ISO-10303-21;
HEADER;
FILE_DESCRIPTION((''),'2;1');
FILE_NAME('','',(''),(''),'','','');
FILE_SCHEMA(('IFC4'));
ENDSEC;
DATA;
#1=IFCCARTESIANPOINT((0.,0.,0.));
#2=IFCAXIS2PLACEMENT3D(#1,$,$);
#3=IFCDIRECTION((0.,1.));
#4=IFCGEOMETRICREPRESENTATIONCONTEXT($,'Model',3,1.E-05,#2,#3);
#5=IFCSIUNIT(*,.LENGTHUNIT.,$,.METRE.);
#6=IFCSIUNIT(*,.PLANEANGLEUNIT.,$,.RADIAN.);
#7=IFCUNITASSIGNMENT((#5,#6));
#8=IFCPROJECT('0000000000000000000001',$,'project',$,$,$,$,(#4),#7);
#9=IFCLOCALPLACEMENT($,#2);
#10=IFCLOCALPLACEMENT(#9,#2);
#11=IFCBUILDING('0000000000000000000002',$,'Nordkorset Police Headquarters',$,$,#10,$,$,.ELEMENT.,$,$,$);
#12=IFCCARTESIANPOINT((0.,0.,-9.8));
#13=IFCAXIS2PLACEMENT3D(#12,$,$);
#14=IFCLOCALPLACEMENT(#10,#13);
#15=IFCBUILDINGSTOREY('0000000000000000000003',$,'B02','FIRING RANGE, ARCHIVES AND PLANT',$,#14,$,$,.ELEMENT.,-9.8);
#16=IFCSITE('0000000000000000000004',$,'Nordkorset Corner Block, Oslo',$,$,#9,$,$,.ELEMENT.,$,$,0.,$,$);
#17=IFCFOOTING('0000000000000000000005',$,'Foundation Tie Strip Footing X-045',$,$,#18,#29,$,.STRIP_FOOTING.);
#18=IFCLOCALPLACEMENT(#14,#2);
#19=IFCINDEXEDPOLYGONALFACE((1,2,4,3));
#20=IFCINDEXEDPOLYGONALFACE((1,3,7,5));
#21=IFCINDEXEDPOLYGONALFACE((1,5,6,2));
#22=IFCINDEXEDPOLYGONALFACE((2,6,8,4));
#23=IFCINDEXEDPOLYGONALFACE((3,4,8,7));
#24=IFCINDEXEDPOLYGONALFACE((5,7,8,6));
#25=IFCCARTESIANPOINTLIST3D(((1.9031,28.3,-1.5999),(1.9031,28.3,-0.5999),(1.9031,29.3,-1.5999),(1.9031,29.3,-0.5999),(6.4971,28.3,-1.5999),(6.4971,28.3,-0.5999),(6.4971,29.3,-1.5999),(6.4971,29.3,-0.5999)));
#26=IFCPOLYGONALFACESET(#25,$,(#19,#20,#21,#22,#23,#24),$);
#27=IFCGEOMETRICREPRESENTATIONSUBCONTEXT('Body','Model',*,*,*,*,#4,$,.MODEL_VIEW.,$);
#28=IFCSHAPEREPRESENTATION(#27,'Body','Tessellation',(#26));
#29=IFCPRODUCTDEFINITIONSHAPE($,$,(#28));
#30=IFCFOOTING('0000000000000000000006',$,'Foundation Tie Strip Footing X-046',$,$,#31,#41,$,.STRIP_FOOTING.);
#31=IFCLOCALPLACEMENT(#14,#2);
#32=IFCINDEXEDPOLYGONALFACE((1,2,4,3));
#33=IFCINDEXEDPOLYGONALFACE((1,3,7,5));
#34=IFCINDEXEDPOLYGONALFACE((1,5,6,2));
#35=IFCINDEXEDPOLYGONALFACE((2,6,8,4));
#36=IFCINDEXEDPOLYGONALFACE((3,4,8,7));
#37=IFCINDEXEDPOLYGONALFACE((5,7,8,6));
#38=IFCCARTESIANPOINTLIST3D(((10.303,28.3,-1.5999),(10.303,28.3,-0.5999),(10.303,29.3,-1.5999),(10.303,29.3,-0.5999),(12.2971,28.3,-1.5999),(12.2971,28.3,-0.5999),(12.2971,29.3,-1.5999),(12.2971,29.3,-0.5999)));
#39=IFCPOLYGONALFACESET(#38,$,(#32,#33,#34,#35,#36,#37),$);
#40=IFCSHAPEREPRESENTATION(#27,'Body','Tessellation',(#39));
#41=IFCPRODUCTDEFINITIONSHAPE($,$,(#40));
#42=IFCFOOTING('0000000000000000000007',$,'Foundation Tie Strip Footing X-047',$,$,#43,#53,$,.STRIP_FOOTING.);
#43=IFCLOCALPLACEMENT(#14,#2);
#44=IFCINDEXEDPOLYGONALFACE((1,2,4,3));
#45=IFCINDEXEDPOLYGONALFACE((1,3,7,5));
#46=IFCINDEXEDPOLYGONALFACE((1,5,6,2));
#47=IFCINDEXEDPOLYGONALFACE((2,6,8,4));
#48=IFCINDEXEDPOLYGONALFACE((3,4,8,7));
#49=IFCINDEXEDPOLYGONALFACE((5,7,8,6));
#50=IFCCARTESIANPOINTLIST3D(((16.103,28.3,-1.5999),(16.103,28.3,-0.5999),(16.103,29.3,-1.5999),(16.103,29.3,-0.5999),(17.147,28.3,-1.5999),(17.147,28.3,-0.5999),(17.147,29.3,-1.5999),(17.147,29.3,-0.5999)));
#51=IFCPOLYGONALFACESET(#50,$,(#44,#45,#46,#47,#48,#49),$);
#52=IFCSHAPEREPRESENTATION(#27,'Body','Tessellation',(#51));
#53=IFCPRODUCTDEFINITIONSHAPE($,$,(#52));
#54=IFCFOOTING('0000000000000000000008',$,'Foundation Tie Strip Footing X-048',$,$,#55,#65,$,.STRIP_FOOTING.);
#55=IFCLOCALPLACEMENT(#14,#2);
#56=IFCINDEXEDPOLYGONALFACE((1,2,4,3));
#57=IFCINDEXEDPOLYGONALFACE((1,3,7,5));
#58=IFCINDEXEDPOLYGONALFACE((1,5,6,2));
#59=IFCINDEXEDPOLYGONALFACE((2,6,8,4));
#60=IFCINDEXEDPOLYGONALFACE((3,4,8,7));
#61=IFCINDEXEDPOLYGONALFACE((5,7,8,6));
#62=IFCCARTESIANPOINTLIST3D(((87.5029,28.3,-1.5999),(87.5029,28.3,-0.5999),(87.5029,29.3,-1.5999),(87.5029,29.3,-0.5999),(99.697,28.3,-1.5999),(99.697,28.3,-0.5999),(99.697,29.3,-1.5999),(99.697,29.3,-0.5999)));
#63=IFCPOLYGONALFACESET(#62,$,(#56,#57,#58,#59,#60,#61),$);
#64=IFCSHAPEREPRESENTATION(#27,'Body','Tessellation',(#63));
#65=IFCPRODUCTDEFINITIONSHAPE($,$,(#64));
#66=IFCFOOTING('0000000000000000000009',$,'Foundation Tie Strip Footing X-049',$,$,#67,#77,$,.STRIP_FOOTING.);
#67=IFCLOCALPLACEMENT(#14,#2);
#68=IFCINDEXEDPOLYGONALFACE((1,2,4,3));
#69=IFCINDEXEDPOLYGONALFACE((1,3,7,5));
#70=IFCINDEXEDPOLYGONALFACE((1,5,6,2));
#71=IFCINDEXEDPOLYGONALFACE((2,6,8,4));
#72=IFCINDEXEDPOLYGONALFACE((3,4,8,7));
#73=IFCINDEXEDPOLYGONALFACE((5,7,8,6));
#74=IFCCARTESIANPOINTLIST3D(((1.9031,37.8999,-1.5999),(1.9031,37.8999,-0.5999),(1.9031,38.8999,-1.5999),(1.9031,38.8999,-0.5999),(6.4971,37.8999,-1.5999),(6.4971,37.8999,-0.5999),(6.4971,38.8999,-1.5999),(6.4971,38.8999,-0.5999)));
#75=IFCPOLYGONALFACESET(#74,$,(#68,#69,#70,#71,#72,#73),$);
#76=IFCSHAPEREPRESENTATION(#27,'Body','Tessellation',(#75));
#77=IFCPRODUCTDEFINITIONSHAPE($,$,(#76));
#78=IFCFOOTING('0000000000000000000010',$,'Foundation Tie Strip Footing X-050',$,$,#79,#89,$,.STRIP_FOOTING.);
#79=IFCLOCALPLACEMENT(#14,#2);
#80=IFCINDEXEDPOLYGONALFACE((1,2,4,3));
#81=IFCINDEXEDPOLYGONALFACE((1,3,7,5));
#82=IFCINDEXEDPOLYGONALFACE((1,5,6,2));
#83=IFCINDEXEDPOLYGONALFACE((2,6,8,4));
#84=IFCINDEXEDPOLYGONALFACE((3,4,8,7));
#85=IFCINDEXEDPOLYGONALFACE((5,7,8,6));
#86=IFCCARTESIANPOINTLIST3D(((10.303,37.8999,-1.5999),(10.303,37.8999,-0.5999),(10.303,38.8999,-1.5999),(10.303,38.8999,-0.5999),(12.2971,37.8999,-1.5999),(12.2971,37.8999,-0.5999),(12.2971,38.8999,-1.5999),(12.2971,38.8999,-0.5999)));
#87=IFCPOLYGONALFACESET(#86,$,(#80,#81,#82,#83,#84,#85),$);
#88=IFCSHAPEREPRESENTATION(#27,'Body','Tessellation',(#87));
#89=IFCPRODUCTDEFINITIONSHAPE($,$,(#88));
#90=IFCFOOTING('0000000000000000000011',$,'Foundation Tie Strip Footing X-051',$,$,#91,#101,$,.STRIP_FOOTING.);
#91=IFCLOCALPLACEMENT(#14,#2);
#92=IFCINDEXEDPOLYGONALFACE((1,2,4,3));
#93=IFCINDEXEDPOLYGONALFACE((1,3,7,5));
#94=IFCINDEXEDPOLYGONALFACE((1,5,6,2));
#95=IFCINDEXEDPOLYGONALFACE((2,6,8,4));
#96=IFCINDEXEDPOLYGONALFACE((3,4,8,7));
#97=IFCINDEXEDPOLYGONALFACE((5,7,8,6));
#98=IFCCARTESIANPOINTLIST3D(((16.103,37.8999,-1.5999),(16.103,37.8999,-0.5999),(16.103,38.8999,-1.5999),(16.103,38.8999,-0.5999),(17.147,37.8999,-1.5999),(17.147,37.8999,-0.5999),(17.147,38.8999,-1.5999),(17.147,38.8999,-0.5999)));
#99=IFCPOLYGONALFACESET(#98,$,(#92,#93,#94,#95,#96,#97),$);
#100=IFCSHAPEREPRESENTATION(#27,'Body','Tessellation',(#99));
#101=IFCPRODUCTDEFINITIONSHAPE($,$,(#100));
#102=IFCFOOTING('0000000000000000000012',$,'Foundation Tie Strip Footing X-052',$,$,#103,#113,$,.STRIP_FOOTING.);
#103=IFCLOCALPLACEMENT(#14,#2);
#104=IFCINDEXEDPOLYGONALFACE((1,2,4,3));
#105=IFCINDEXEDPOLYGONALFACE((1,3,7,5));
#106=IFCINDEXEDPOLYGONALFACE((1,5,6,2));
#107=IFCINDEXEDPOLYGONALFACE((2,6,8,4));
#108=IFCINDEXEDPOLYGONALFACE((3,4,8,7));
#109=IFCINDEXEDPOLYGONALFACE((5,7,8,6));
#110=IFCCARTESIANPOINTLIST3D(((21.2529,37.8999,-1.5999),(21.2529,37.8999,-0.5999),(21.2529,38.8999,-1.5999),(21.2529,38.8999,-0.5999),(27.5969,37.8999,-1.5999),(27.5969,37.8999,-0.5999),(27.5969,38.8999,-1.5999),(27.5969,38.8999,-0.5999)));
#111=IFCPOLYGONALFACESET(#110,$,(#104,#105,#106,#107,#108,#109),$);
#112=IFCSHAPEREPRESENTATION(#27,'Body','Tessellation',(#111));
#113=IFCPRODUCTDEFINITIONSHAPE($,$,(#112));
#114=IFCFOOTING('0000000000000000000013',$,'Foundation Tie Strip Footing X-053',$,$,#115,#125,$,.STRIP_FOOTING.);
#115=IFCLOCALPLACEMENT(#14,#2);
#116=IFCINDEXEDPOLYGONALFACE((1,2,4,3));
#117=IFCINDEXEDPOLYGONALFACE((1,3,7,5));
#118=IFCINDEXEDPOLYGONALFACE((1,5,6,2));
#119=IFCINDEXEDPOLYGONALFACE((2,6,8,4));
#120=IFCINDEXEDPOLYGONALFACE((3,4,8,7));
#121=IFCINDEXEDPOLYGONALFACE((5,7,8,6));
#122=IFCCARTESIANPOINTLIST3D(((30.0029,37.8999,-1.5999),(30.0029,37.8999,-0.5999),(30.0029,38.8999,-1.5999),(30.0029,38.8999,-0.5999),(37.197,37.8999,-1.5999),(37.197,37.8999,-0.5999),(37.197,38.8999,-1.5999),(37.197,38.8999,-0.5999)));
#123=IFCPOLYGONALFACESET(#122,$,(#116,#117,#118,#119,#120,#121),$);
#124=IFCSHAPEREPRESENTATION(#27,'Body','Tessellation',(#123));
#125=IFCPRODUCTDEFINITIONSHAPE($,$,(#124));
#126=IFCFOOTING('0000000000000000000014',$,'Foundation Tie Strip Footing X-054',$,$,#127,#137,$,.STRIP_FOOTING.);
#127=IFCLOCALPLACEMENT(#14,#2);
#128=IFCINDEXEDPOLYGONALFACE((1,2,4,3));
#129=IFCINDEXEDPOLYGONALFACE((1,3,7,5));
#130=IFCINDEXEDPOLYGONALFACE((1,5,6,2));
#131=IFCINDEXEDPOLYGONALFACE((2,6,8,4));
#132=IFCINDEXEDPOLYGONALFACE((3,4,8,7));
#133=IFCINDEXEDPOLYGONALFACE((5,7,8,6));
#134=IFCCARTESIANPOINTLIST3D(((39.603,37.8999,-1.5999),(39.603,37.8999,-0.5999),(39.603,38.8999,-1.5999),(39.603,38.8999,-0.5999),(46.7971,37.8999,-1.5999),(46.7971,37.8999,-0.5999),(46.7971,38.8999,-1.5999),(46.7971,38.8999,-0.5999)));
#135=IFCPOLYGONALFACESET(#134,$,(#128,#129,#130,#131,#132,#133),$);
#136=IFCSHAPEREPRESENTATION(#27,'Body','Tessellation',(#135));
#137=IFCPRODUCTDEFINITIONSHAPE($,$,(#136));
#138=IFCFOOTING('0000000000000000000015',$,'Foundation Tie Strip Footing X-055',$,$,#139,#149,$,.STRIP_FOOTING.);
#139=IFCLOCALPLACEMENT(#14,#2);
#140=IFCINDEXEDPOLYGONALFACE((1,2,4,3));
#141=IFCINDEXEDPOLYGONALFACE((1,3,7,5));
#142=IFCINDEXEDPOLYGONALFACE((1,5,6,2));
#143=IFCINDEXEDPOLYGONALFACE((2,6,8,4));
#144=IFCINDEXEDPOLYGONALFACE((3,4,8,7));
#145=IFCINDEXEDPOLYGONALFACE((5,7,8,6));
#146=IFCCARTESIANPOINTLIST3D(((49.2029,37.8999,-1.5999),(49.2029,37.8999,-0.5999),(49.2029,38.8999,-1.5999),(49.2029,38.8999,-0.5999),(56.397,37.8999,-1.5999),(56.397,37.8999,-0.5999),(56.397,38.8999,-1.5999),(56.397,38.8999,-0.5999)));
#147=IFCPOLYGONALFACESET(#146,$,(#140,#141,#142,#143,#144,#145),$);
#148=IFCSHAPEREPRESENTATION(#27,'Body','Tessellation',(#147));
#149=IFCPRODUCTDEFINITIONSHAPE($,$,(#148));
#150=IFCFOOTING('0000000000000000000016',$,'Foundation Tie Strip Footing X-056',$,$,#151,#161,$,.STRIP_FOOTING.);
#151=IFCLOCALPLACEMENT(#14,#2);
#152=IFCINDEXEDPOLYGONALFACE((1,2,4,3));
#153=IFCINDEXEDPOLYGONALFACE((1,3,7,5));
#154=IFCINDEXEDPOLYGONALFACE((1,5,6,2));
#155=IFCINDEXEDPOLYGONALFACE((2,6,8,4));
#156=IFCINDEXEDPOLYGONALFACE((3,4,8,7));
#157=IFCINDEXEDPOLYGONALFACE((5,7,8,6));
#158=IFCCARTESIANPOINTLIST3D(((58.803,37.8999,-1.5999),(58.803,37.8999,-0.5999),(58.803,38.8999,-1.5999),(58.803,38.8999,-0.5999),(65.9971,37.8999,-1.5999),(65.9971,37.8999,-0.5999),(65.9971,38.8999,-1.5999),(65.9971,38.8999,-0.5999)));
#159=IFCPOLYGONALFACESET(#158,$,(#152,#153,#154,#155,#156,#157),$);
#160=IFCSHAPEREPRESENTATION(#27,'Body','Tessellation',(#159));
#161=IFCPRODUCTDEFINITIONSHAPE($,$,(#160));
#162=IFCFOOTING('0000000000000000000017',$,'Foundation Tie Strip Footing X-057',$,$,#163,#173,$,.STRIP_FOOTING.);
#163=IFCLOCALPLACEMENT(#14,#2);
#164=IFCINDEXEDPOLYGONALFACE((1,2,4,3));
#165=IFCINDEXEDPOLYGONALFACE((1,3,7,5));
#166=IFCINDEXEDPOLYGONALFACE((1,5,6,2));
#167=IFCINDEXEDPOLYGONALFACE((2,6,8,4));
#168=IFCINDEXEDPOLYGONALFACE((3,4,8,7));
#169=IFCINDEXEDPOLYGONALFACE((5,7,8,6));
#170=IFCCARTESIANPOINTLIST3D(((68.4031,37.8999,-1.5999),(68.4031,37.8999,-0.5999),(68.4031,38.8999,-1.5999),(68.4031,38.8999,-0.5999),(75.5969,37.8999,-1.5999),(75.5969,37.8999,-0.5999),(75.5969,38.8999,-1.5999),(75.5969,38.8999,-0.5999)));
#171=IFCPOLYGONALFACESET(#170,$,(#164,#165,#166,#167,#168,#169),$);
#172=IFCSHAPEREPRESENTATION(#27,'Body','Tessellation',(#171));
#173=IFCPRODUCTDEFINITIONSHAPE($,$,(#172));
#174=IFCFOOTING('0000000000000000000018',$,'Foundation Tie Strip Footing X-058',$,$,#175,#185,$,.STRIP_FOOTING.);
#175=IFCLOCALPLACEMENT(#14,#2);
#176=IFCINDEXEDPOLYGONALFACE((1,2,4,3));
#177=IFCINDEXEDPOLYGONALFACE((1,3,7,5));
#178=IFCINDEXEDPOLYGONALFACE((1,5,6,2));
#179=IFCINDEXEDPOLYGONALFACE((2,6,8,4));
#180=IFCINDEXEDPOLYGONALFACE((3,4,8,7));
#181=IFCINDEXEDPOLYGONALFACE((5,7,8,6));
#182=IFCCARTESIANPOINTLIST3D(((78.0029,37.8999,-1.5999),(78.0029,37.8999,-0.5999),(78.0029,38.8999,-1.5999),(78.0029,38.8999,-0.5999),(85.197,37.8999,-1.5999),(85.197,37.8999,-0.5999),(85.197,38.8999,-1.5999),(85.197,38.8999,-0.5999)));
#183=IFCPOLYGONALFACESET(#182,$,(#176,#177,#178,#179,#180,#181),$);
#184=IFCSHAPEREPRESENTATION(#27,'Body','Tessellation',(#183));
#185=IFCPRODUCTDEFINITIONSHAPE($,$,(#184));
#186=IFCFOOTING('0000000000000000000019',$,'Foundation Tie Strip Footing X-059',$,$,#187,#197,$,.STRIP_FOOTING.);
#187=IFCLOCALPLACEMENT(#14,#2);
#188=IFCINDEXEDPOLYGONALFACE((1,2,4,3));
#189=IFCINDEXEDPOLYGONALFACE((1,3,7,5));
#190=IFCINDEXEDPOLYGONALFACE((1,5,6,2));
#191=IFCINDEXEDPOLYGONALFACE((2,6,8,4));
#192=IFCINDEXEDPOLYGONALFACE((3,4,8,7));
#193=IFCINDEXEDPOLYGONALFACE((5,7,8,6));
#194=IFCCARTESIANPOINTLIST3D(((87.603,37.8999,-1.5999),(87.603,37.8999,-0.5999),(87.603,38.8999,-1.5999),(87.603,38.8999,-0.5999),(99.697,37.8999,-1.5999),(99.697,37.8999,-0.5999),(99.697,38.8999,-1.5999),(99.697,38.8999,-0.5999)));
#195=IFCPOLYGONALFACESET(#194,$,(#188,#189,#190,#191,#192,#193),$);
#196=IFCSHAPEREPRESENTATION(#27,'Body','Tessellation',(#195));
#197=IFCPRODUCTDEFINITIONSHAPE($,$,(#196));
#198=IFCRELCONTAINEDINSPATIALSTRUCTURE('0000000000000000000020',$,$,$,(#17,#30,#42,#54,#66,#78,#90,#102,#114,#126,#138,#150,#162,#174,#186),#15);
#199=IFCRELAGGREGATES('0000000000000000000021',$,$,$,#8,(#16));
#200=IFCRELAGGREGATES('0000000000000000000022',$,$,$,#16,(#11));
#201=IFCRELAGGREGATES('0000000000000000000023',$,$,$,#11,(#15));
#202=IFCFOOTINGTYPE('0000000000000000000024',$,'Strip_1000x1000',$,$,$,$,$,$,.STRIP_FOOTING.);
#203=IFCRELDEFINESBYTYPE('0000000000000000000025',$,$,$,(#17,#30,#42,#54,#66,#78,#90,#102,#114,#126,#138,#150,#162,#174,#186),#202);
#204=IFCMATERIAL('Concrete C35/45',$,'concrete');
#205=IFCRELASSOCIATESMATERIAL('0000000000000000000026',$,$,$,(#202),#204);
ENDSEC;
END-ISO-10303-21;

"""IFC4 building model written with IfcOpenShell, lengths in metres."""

from ifc_helpers import new_model, si_unit, direction, frame, origin, place, context, subcontext, project, spatial, polyline, outline, extrude, material, type_object, element, save


model = new_model("IFC4")

# Units and contexts
model_context = context("Model", 3, precision=1e-05, world=origin(), true_north=direction((0.0, 1.0)))
body_context = subcontext(model_context, "Body", "Model", "MODEL_VIEW")
ifc_project = project(units=[si_unit("LENGTHUNIT", "METRE"), si_unit("PLANEANGLEUNIT", "RADIAN")], contexts=[model_context])

# Site, building, storey
site_placement = place(None, origin())
site = spatial("IfcSite", under=ifc_project, at=site_placement, Name="Nordkorset Corner Block, Oslo", CompositionType="ELEMENT", RefElevation=0.0)
building_placement = place(site_placement, origin())
building = spatial("IfcBuilding", under=site, at=building_placement, Name="Nordkorset Police Headquarters", CompositionType="ELEMENT")
storey_placement = place(building_placement, frame((0.0, 0.0, -9.8)))
storey = spatial("IfcBuildingStorey", under=building, at=storey_placement, Name="B02", Description="FIRING RANGE, ARCHIVES AND PLANT", CompositionType="ELEMENT", Elevation=-9.8)

# Footings
ifc_material = material(Name="Concrete C35/45", Category="concrete")
footing_type = type_object("IfcFootingType", Name="Strip_1000x1000", PredefinedType="STRIP_FOOTING", material=ifc_material)
footing_1_placement = place(storey_placement, frame((0.0, 0.0, -1.5999)))
element("IfcFooting", 1, at=footing_1_placement, inside=storey, type_object=footing_type, Name="Foundation Tie Strip Footing X-045", PredefinedType="STRIP_FOOTING", context=body_context, shape_type="SweptSolid", body=[
    extrude(outline(polyline([(1.9031, 28.3), (6.4971, 28.3), (6.4971, 29.3), (1.9031, 29.3), (1.9031, 28.3)])), origin(), (0.0, 0.0, 1.0), 1.0),
])
footing_2_placement = place(storey_placement, frame((0.0, 0.0, -1.5999)))
element("IfcFooting", 2, at=footing_2_placement, inside=storey, type_object=footing_type, Name="Foundation Tie Strip Footing X-046", PredefinedType="STRIP_FOOTING", context=body_context, shape_type="SweptSolid", body=[
    extrude(outline(polyline([(10.303, 28.3), (12.2971, 28.3), (12.2971, 29.3), (10.303, 29.3), (10.303, 28.3)])), origin(), (0.0, 0.0, 1.0), 1.0),
])
footing_3_placement = place(storey_placement, frame((0.0, 0.0, -1.5999)))
element("IfcFooting", 3, at=footing_3_placement, inside=storey, type_object=footing_type, Name="Foundation Tie Strip Footing X-047", PredefinedType="STRIP_FOOTING", context=body_context, shape_type="SweptSolid", body=[
    extrude(outline(polyline([(16.103, 28.3), (17.147, 28.3), (17.147, 29.3), (16.103, 29.3), (16.103, 28.3)])), origin(), (0.0, 0.0, 1.0), 1.0),
])
footing_4_placement = place(storey_placement, frame((0.0, 0.0, -1.5999)))
element("IfcFooting", 4, at=footing_4_placement, inside=storey, type_object=footing_type, Name="Foundation Tie Strip Footing X-048", PredefinedType="STRIP_FOOTING", context=body_context, shape_type="SweptSolid", body=[
    extrude(outline(polyline([(87.5029, 28.3), (99.697, 28.3), (99.697, 29.3), (87.5029, 29.3), (87.5029, 28.3)])), origin(), (0.0, 0.0, 1.0), 1.0),
])
footing_5_placement = place(storey_placement, frame((0.0, 0.0, -1.5999)))
element("IfcFooting", 5, at=footing_5_placement, inside=storey, type_object=footing_type, Name="Foundation Tie Strip Footing X-049", PredefinedType="STRIP_FOOTING", context=body_context, shape_type="SweptSolid", body=[
    extrude(outline(polyline([(1.9031, 37.8999), (6.4971, 37.8999), (6.4971, 38.8999), (1.9031, 38.8999), (1.9031, 37.8999)])), origin(), (0.0, 0.0, 1.0), 1.0),
])
footing_6_placement = place(storey_placement, frame((0.0, 0.0, -1.5999)))
element("IfcFooting", 6, at=footing_6_placement, inside=storey, type_object=footing_type, Name="Foundation Tie Strip Footing X-050", PredefinedType="STRIP_FOOTING", context=body_context, shape_type="SweptSolid", body=[
    extrude(outline(polyline([(10.303, 37.8999), (12.2971, 37.8999), (12.2971, 38.8999), (10.303, 38.8999), (10.303, 37.8999)])), origin(), (0.0, 0.0, 1.0), 1.0),
])
footing_7_placement = place(storey_placement, frame((0.0, 0.0, -1.5999)))
element("IfcFooting", 7, at=footing_7_placement, inside=storey, type_object=footing_type, Name="Foundation Tie Strip Footing X-051", PredefinedType="STRIP_FOOTING", context=body_context, shape_type="SweptSolid", body=[
    extrude(outline(polyline([(16.103, 37.8999), (17.147, 37.8999), (17.147, 38.8999), (16.103, 38.8999), (16.103, 37.8999)])), origin(), (0.0, 0.0, 1.0), 1.0),
])
footing_8_placement = place(storey_placement, frame((0.0, 0.0, -1.5999)))
element("IfcFooting", 8, at=footing_8_placement, inside=storey, type_object=footing_type, Name="Foundation Tie Strip Footing X-052", PredefinedType="STRIP_FOOTING", context=body_context, shape_type="SweptSolid", body=[
    extrude(outline(polyline([(21.2529, 37.8999), (27.5969, 37.8999), (27.5969, 38.8999), (21.2529, 38.8999), (21.2529, 37.8999)])), origin(), (0.0, 0.0, 1.0), 1.0),
])
footing_9_placement = place(storey_placement, frame((0.0, 0.0, -1.5999)))
element("IfcFooting", 9, at=footing_9_placement, inside=storey, type_object=footing_type, Name="Foundation Tie Strip Footing X-053", PredefinedType="STRIP_FOOTING", context=body_context, shape_type="SweptSolid", body=[
    extrude(outline(polyline([(30.0029, 37.8999), (37.197, 37.8999), (37.197, 38.8999), (30.0029, 38.8999), (30.0029, 37.8999)])), origin(), (0.0, 0.0, 1.0), 1.0),
])
footing_10_placement = place(storey_placement, frame((0.0, 0.0, -1.5999)))
element("IfcFooting", 10, at=footing_10_placement, inside=storey, type_object=footing_type, Name="Foundation Tie Strip Footing X-054", PredefinedType="STRIP_FOOTING", context=body_context, shape_type="SweptSolid", body=[
    extrude(outline(polyline([(39.603, 37.8999), (46.7971, 37.8999), (46.7971, 38.8999), (39.603, 38.8999), (39.603, 37.8999)])), origin(), (0.0, 0.0, 1.0), 1.0),
])
footing_11_placement = place(storey_placement, frame((0.0, 0.0, -1.5999)))
element("IfcFooting", 11, at=footing_11_placement, inside=storey, type_object=footing_type, Name="Foundation Tie Strip Footing X-055", PredefinedType="STRIP_FOOTING", context=body_context, shape_type="SweptSolid", body=[
    extrude(outline(polyline([(49.2029, 37.8999), (56.397, 37.8999), (56.397, 38.8999), (49.2029, 38.8999), (49.2029, 37.8999)])), origin(), (0.0, 0.0, 1.0), 1.0),
])
footing_12_placement = place(storey_placement, frame((0.0, 0.0, -1.5999)))
element("IfcFooting", 12, at=footing_12_placement, inside=storey, type_object=footing_type, Name="Foundation Tie Strip Footing X-056", PredefinedType="STRIP_FOOTING", context=body_context, shape_type="SweptSolid", body=[
    extrude(outline(polyline([(58.803, 37.8999), (65.9971, 37.8999), (65.9971, 38.8999), (58.803, 38.8999), (58.803, 37.8999)])), origin(), (0.0, 0.0, 1.0), 1.0),
])
footing_13_placement = place(storey_placement, frame((0.0, 0.0, -1.5999)))
element("IfcFooting", 13, at=footing_13_placement, inside=storey, type_object=footing_type, Name="Foundation Tie Strip Footing X-057", PredefinedType="STRIP_FOOTING", context=body_context, shape_type="SweptSolid", body=[
    extrude(outline(polyline([(68.4031, 37.8999), (75.5969, 37.8999), (75.5969, 38.8999), (68.4031, 38.8999), (68.4031, 37.8999)])), origin(), (0.0, 0.0, 1.0), 1.0),
])
footing_14_placement = place(storey_placement, frame((0.0, 0.0, -1.5999)))
element("IfcFooting", 14, at=footing_14_placement, inside=storey, type_object=footing_type, Name="Foundation Tie Strip Footing X-058", PredefinedType="STRIP_FOOTING", context=body_context, shape_type="SweptSolid", body=[
    extrude(outline(polyline([(78.0029, 37.8999), (85.197, 37.8999), (85.197, 38.8999), (78.0029, 38.8999), (78.0029, 37.8999)])), origin(), (0.0, 0.0, 1.0), 1.0),
])
footing_15_placement = place(storey_placement, frame((0.0, 0.0, -1.5999)))
element("IfcFooting", 15, at=footing_15_placement, inside=storey, type_object=footing_type, Name="Foundation Tie Strip Footing X-059", PredefinedType="STRIP_FOOTING", context=body_context, shape_type="SweptSolid", body=[
    extrude(outline(polyline([(87.603, 37.8999), (99.697, 37.8999), (99.697, 38.8999), (87.603, 38.8999), (87.603, 37.8999)])), origin(), (0.0, 0.0, 1.0), 1.0),
])

save(model, "model.ifc")
